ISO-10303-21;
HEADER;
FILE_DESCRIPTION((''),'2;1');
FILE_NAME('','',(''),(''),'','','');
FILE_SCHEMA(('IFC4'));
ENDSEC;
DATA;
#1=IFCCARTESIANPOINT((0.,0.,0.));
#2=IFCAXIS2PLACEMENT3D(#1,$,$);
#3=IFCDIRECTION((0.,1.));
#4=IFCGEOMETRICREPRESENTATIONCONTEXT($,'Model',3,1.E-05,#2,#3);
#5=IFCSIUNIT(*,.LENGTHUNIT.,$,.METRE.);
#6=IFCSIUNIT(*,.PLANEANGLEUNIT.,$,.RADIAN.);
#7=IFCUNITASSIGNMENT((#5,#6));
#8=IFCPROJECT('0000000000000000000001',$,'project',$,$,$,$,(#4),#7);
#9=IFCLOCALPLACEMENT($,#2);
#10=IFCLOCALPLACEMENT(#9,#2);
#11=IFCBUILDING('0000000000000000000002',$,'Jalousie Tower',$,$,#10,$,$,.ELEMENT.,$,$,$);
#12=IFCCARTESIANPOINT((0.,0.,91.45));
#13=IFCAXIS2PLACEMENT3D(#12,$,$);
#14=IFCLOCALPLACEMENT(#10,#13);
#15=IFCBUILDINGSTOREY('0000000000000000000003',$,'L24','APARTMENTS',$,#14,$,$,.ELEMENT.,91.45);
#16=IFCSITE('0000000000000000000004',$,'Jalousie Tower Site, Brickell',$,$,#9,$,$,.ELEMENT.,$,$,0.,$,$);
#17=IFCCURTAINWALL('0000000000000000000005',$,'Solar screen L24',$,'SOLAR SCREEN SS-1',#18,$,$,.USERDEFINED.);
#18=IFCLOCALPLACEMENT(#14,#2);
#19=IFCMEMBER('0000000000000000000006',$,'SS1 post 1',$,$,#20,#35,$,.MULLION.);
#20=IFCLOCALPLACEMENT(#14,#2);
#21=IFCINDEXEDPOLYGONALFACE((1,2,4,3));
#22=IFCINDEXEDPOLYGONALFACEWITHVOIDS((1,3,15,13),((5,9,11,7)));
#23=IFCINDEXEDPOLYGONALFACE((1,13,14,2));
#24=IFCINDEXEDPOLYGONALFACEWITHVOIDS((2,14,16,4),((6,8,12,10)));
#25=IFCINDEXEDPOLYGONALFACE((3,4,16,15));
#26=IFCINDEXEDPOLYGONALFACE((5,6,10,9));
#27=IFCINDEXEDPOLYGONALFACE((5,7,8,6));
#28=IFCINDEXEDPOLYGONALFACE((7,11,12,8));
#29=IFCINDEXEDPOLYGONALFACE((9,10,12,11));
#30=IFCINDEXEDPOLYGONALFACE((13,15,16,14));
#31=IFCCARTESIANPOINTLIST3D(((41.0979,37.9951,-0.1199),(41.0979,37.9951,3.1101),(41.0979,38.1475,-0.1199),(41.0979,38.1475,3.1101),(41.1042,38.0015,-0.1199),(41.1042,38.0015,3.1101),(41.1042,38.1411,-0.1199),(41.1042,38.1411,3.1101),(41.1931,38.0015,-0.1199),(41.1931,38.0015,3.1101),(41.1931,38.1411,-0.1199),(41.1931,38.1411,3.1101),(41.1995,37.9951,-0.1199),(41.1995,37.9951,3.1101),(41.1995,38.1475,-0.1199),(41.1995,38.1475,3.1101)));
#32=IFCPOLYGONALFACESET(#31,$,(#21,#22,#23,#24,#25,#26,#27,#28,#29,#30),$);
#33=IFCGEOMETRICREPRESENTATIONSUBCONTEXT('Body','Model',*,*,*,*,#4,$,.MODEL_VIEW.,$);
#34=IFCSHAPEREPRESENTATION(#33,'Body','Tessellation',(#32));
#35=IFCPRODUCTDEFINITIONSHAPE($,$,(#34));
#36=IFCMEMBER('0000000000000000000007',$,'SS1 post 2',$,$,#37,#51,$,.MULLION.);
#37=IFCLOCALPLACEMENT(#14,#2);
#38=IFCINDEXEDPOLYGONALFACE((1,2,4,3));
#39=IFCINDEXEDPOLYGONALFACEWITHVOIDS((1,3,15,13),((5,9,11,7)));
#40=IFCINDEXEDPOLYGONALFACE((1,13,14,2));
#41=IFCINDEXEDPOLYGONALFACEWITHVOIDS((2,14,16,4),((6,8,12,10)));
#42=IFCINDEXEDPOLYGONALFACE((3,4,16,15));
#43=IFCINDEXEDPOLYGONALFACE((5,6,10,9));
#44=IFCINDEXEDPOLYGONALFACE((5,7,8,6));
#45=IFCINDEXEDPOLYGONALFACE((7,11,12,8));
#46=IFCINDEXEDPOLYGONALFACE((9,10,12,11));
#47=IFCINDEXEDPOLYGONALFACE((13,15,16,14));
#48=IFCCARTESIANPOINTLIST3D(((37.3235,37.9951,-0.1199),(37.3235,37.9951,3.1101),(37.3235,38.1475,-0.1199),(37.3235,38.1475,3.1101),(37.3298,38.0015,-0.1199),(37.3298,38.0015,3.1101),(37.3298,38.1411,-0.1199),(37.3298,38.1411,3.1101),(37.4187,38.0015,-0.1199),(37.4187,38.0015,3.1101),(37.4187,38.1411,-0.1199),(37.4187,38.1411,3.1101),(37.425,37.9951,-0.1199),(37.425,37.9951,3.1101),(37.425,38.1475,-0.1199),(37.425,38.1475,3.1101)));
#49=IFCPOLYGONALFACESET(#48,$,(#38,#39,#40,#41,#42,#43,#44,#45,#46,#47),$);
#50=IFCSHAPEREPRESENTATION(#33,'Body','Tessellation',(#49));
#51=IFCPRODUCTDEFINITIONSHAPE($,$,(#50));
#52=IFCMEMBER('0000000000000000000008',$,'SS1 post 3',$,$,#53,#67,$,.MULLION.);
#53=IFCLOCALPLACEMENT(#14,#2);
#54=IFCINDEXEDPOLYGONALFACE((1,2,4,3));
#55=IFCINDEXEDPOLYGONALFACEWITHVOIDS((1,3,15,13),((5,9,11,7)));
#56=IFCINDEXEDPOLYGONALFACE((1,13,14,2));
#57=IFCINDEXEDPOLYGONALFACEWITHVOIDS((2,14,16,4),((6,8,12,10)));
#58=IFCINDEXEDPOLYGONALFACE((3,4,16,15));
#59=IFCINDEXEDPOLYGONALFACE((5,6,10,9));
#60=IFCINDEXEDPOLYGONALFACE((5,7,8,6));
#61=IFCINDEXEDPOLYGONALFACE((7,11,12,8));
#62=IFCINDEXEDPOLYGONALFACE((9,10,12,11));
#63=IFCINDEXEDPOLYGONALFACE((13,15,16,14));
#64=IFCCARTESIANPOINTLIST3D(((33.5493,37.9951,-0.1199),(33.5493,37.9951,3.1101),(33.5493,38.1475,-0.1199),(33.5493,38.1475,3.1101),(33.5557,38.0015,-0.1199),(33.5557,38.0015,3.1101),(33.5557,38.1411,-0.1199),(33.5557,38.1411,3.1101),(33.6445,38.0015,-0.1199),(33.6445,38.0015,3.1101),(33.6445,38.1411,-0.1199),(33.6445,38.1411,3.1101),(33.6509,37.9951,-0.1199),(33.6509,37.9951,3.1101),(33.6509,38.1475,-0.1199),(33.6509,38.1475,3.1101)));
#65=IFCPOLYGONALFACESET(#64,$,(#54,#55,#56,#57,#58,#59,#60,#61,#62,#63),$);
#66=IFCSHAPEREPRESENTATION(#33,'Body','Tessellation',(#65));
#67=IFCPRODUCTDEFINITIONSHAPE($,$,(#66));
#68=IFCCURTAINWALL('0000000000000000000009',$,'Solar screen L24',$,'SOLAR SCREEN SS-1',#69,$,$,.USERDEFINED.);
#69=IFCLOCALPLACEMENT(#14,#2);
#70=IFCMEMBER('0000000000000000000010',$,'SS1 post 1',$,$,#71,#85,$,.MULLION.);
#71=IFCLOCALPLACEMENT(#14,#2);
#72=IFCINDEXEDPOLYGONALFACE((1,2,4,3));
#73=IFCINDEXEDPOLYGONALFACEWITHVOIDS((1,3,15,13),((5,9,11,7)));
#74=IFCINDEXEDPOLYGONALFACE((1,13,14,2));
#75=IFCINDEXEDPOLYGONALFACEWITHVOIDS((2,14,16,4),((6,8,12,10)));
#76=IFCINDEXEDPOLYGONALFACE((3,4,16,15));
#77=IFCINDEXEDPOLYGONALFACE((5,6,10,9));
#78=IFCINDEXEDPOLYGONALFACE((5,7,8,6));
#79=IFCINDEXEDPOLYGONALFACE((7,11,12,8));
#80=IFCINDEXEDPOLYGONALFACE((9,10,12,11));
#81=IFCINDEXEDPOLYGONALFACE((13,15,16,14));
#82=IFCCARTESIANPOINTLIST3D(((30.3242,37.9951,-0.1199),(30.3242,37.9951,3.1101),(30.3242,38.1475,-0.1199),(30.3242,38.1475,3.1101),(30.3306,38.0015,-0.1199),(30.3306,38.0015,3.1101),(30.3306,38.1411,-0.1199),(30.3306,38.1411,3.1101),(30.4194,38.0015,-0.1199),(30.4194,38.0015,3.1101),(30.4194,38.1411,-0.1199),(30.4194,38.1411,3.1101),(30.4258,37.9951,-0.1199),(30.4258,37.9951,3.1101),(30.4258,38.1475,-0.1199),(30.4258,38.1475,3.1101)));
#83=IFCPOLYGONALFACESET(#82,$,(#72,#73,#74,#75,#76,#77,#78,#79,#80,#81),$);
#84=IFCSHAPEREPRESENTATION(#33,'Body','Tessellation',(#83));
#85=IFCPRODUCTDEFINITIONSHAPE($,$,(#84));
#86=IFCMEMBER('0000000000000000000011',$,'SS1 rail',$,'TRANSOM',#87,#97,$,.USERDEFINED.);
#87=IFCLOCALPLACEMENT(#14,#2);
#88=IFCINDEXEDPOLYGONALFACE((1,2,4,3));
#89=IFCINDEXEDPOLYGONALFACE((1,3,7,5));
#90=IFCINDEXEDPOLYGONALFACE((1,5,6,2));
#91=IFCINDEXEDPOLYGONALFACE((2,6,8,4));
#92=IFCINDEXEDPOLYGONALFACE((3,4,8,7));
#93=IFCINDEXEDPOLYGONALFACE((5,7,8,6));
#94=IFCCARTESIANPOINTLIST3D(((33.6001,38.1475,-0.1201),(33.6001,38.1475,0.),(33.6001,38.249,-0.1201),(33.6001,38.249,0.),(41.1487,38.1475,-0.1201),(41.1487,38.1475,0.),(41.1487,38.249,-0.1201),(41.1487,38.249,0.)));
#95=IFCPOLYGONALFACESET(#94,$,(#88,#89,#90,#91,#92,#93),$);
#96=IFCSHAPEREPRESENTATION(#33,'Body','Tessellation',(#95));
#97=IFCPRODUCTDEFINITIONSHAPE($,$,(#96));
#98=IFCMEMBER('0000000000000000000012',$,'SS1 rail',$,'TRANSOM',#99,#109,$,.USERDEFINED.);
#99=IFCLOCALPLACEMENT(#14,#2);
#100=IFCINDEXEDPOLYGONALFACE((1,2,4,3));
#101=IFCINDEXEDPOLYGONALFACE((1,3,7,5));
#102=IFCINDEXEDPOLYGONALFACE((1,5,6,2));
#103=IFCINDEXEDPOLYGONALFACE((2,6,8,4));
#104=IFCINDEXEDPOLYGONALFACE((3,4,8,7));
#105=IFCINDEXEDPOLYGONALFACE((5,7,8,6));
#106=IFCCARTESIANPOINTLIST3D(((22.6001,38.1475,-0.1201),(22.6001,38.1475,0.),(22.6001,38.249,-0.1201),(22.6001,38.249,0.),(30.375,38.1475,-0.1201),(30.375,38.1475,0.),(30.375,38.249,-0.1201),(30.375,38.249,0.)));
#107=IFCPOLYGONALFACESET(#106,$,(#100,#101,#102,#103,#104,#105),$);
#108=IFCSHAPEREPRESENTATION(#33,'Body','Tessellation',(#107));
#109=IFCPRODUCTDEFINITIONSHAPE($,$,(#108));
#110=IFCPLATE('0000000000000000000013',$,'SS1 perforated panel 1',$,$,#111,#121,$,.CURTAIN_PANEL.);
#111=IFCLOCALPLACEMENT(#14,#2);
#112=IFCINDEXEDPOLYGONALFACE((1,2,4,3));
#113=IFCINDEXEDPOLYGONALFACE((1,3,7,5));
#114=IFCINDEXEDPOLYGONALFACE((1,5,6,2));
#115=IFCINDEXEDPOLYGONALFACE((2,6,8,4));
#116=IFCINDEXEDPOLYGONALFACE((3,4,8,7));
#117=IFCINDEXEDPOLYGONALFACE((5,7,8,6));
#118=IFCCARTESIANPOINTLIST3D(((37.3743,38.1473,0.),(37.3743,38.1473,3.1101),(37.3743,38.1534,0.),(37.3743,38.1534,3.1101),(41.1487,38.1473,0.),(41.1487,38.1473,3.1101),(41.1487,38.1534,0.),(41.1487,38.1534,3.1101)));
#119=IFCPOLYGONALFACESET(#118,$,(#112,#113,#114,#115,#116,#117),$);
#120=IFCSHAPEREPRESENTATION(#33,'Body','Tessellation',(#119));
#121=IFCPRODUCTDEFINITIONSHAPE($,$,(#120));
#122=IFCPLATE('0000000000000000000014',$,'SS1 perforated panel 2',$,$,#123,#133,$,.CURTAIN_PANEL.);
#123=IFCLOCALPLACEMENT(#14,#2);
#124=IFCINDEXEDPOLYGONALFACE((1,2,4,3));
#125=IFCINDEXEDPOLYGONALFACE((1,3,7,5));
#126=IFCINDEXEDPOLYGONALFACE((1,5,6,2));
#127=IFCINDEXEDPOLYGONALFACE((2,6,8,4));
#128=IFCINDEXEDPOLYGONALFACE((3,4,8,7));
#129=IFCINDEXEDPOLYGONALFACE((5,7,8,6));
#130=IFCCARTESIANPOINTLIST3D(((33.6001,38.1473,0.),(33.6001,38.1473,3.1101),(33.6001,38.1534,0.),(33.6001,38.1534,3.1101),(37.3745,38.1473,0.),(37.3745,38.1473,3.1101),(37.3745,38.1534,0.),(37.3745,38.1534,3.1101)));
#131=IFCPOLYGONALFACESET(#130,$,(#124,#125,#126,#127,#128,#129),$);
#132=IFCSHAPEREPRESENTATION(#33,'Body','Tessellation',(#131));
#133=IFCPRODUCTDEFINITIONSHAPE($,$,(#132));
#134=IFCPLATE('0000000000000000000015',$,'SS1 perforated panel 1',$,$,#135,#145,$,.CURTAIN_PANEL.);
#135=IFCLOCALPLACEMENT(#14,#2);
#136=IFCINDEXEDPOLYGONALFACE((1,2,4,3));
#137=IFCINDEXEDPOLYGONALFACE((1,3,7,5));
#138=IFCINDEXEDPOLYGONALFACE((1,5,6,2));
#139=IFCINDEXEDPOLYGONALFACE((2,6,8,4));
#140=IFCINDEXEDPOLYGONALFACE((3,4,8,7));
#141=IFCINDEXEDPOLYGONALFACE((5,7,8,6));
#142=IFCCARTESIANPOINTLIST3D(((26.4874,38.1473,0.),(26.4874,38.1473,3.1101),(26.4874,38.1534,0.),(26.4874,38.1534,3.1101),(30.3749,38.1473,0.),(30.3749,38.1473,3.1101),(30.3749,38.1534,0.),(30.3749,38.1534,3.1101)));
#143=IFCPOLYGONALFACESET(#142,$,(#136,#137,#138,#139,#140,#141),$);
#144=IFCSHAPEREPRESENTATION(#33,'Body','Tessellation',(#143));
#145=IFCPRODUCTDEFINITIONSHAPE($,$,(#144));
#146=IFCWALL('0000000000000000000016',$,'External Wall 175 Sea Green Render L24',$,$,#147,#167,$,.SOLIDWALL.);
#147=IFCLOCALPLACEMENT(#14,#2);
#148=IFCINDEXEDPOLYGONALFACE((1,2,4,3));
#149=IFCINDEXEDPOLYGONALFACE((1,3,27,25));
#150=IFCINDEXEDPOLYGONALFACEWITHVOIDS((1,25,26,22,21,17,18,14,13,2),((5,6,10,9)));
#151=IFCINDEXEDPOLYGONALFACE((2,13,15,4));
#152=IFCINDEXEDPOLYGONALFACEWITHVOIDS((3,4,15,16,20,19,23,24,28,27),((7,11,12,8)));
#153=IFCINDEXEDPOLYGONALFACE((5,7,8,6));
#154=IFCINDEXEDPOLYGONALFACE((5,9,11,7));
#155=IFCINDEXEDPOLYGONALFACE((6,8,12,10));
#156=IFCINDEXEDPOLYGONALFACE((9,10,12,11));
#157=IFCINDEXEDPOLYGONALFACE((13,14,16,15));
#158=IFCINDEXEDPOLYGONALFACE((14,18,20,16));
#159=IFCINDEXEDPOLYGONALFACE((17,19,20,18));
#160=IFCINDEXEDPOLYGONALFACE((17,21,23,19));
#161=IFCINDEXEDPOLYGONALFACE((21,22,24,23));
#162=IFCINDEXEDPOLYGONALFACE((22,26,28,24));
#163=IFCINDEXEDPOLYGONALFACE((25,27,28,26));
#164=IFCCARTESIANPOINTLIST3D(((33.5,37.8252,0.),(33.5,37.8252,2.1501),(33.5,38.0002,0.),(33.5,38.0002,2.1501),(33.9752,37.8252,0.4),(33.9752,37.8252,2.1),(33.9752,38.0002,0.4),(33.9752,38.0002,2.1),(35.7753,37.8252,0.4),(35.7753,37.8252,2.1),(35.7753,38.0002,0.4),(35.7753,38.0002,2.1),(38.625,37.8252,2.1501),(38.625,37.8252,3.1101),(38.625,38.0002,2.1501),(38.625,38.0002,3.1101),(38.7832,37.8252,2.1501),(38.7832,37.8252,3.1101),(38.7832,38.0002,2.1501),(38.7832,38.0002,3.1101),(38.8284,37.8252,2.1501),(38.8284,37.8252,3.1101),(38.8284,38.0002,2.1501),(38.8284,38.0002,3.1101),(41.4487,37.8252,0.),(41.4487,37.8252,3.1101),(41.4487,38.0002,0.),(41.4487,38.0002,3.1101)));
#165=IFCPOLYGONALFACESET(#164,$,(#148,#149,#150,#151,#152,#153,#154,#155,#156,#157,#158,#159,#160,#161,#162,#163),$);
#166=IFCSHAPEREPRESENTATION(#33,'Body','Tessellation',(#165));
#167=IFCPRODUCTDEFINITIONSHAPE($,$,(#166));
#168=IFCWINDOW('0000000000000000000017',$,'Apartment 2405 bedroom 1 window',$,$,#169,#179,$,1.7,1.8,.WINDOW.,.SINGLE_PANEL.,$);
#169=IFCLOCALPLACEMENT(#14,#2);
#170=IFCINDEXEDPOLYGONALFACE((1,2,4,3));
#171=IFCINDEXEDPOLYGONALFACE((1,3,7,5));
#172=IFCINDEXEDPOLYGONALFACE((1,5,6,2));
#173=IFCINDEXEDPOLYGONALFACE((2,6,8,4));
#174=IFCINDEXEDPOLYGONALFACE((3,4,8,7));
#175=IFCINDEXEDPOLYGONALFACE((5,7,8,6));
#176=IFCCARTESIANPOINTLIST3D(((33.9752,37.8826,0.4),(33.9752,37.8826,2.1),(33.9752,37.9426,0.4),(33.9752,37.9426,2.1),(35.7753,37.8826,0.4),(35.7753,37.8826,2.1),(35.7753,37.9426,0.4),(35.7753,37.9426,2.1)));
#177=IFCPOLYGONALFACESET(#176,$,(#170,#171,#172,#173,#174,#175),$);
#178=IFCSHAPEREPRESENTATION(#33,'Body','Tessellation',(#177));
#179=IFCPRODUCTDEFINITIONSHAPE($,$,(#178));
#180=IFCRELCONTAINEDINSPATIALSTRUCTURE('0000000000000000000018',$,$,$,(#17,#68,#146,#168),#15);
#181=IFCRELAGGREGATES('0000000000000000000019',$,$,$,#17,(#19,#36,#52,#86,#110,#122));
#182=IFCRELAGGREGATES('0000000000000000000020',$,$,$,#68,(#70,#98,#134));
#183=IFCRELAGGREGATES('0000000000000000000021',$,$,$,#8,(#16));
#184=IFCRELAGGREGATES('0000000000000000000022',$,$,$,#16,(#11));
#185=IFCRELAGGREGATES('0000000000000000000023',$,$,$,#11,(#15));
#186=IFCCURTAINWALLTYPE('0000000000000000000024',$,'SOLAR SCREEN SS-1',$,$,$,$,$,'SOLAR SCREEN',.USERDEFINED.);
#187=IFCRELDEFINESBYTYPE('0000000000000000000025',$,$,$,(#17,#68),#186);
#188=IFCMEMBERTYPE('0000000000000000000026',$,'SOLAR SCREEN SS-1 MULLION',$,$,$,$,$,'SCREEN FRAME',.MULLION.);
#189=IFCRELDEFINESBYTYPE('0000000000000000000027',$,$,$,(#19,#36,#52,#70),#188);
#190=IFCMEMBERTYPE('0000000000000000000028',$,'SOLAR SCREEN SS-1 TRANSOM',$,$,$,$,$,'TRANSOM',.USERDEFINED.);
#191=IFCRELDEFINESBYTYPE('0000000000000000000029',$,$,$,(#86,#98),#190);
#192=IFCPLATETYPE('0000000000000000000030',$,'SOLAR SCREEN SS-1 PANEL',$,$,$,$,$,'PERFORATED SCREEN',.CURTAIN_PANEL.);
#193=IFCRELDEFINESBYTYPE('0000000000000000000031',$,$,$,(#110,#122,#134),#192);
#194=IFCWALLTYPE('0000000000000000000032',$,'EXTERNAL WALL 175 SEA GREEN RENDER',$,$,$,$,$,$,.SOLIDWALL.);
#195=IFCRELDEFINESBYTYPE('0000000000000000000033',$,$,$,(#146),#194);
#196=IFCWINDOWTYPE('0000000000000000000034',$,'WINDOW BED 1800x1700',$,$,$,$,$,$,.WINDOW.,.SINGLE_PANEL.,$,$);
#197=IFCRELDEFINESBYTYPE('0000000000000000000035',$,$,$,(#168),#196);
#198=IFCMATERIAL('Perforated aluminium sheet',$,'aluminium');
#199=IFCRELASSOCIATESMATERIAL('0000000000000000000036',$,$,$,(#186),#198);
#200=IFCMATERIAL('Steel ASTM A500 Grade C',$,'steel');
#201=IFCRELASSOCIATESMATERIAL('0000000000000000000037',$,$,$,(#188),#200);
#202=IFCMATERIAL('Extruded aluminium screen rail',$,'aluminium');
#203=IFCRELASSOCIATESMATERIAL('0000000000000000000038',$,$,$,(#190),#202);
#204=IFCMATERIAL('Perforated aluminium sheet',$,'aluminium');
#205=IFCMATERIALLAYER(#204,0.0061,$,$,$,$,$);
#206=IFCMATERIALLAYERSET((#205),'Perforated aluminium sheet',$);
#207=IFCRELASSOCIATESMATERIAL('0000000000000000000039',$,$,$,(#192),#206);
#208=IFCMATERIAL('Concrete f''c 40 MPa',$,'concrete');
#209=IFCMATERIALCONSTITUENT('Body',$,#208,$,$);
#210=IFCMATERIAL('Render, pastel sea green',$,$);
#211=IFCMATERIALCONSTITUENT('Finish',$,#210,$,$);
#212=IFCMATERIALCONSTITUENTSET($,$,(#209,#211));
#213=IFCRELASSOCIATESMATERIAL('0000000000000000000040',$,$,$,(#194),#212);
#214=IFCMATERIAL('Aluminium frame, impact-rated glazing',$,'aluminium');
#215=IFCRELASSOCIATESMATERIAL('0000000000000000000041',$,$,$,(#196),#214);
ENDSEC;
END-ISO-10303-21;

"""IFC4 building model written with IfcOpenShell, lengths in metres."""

from ifc_helpers import new_model, si_unit, direction, frame, frame_2d, origin, origin_2d, place, context, subcontext, project, spatial, polyline, rectangle, hollow_rectangle, outline, extrude, material, layer, layer_set, constituent, constituent_set, material_profile, profile_set, type_object, element, fill, aggregate, save


model = new_model("IFC4")

# Units and contexts
model_context = context("Model", 3, precision=1e-05, world=origin(), true_north=direction((0.0, 1.0)))
body_context = subcontext(model_context, "Body", "Model", "MODEL_VIEW")
ifc_project = project(units=[si_unit("LENGTHUNIT", "METRE"), si_unit("PLANEANGLEUNIT", "RADIAN")], contexts=[model_context])

# Site, building, storey
site_placement = place(None, origin())
site = spatial("IfcSite", under=ifc_project, at=site_placement, Name="Jalousie Tower Site, Brickell", CompositionType="ELEMENT", RefElevation=0.0)
building_placement = place(site_placement, origin())
building = spatial("IfcBuilding", under=site, at=building_placement, Name="Jalousie Tower", CompositionType="ELEMENT")
storey_placement = place(building_placement, frame((0.0, 0.0, 91.45)))
storey = spatial("IfcBuildingStorey", under=building, at=storey_placement, Name="L24", Description="APARTMENTS", CompositionType="ELEMENT", Elevation=91.45)

# Curtain wall, members
ifc_material_1 = material(Name="Perforated aluminium sheet", Category="aluminium")
curtain_wall_type = type_object("IfcCurtainWallType", Name="SOLAR SCREEN SS-1", ElementType="SOLAR SCREEN", PredefinedType="USERDEFINED", material=ifc_material_1)
curtain_wall_1_placement = place(storey_placement, origin())
curtain_wall_1 = element("IfcCurtainWall", 1, at=curtain_wall_1_placement, inside=storey, type_object=curtain_wall_type, Name="Solar screen L24", ObjectType="SOLAR SCREEN SS-1", PredefinedType="USERDEFINED")
ifc_material_2 = material(Name="Steel ASTM A500 Grade C", Category="steel")
ifc_material_profile_1 = material_profile(ifc_material_2, hollow_rectangle(XDim=0.1016, YDim=0.1523, WallThickness=0.0063, at=origin_2d()), Name="HSS6X4X1/4")
ifc_profile_set_1 = profile_set([ifc_material_profile_1], Name="Steel ASTM A500 Grade C")
member_type_1 = type_object("IfcMemberType", Name="SOLAR SCREEN SS-1 MULLION", ElementType="SCREEN FRAME", PredefinedType="MULLION", material=ifc_profile_set_1)
member_1_placement = place(storey_placement, frame((41.1487, 38.0713, -0.1199), z_axis=(0.0, 0.0, 1.0), x_axis=(-1.0, 0.0, 0.0)))
member_1 = element("IfcMember", 2, at=member_1_placement, type_object=member_type_1, Name="SS1 post 1", PredefinedType="MULLION", context=body_context, shape_type="SweptSolid", body=[
    extrude(hollow_rectangle(XDim=0.1016, YDim=0.1523, WallThickness=0.0063, at=origin_2d()), origin(), (0.0, 0.0, 1.0), 3.23),
])
member_2_placement = place(storey_placement, frame((37.3743, 38.0713, -0.1199), z_axis=(0.0, 0.0, 1.0), x_axis=(-1.0, 0.0, 0.0)))
member_2 = element("IfcMember", 3, at=member_2_placement, type_object=member_type_1, Name="SS1 post 2", PredefinedType="MULLION", context=body_context, shape_type="SweptSolid", body=[
    extrude(hollow_rectangle(XDim=0.1016, YDim=0.1523, WallThickness=0.0063, at=origin_2d()), origin(), (0.0, 0.0, 1.0), 3.23),
])
member_3_placement = place(storey_placement, frame((33.6001, 38.0713, -0.1199), z_axis=(0.0, 0.0, 1.0), x_axis=(-1.0, 0.0, 0.0)))
member_3 = element("IfcMember", 4, at=member_3_placement, type_object=member_type_1, Name="SS1 post 3", PredefinedType="MULLION", context=body_context, shape_type="SweptSolid", body=[
    extrude(hollow_rectangle(XDim=0.1016, YDim=0.1523, WallThickness=0.0063, at=origin_2d()), origin(), (0.0, 0.0, 1.0), 3.23),
])

# Curtain wall, member
curtain_wall_2_placement = place(storey_placement, origin())
curtain_wall_2 = element("IfcCurtainWall", 5, at=curtain_wall_2_placement, inside=storey, type_object=curtain_wall_type, Name="Solar screen L24", ObjectType="SOLAR SCREEN SS-1", PredefinedType="USERDEFINED")
member_4_placement = place(storey_placement, frame((30.375, 38.0713, -0.1199), z_axis=(0.0, 0.0, 1.0), x_axis=(-1.0, 0.0, 0.0)))
member_4 = element("IfcMember", 6, at=member_4_placement, type_object=member_type_1, Name="SS1 post 1", PredefinedType="MULLION", context=body_context, shape_type="SweptSolid", body=[
    extrude(hollow_rectangle(XDim=0.1016, YDim=0.1523, WallThickness=0.0063, at=origin_2d()), origin(), (0.0, 0.0, 1.0), 3.23),
])

# Members
ifc_material_3 = material(Name="Extruded aluminium screen rail", Category="aluminium")
ifc_material_profile_2 = material_profile(ifc_material_3, rectangle(XDim=0.1016, YDim=0.1201, at=origin_2d()), Name="RAIL 102x120")
ifc_profile_set_2 = profile_set([ifc_material_profile_2], Name="Extruded aluminium screen rail")
member_type_2 = type_object("IfcMemberType", Name="SOLAR SCREEN SS-1 TRANSOM", ElementType="TRANSOM", PredefinedType="USERDEFINED", material=ifc_profile_set_2)
member_5_placement = place(storey_placement, frame((41.1487, 38.1982, -0.0601), z_axis=(-1.0, 0.0, 0.0), x_axis=(0.0, -1.0, 0.0)))
member_5 = element("IfcMember", 7, at=member_5_placement, type_object=member_type_2, Name="SS1 rail", ObjectType="TRANSOM", PredefinedType="USERDEFINED", context=body_context, shape_type="SweptSolid", body=[
    extrude(rectangle(XDim=0.1016, YDim=0.1201, at=origin_2d()), origin(), (0.0, 0.0, 1.0), 7.5486),
])
member_6_placement = place(storey_placement, frame((30.375, 38.1982, -0.0601), z_axis=(-1.0, 0.0, 0.0), x_axis=(0.0, -1.0, 0.0)))
member_6 = element("IfcMember", 8, at=member_6_placement, type_object=member_type_2, Name="SS1 rail", ObjectType="TRANSOM", PredefinedType="USERDEFINED", context=body_context, shape_type="SweptSolid", body=[
    extrude(rectangle(XDim=0.1016, YDim=0.1201, at=origin_2d()), origin(), (0.0, 0.0, 1.0), 7.7749),
])

# Plates
ifc_material_4 = material(Name="Perforated aluminium sheet", Category="aluminium")
ifc_layer_1 = layer(ifc_material_4, 0.0061)
ifc_layer_set_1 = layer_set([ifc_layer_1], Name="Perforated aluminium sheet")
plate_type = type_object("IfcPlateType", Name="SOLAR SCREEN SS-1 PANEL", ElementType="PERFORATED SCREEN", PredefinedType="CURTAIN_PANEL", material=ifc_layer_set_1)
plate_1_placement = place(storey_placement, frame((39.2615, 38.1504, 0.0), z_axis=(0.0, 0.0, 1.0), x_axis=(-1.0, 0.0, 0.0)))
plate_1 = element("IfcPlate", 9, at=plate_1_placement, type_object=plate_type, Name="SS1 perforated panel 1", PredefinedType="CURTAIN_PANEL", context=body_context, shape_type="SweptSolid", body=[
    extrude(rectangle(XDim=3.7744, YDim=0.0061, at=origin_2d()), origin(), (0.0, 0.0, 1.0), 3.1101),
])
plate_2_placement = place(storey_placement, frame((35.4873, 38.1504, 0.0), z_axis=(0.0, 0.0, 1.0), x_axis=(-1.0, 0.0, 0.0)))
plate_2 = element("IfcPlate", 10, at=plate_2_placement, type_object=plate_type, Name="SS1 perforated panel 2", PredefinedType="CURTAIN_PANEL", context=body_context, shape_type="SweptSolid", body=[
    extrude(rectangle(XDim=3.7744, YDim=0.0061, at=origin_2d()), origin(), (0.0, 0.0, 1.0), 3.1101),
])
aggregate(curtain_wall_1, [member_1, member_2, member_3, member_5, plate_1, plate_2])
plate_3_placement = place(storey_placement, frame((28.4312, 38.1504, 0.0), z_axis=(0.0, 0.0, 1.0), x_axis=(-1.0, 0.0, 0.0)))
plate_3 = element("IfcPlate", 11, at=plate_3_placement, type_object=plate_type, Name="SS1 perforated panel 1", PredefinedType="CURTAIN_PANEL", context=body_context, shape_type="SweptSolid", body=[
    extrude(rectangle(XDim=3.8875, YDim=0.0061, at=origin_2d()), origin(), (0.0, 0.0, 1.0), 3.1101),
])
aggregate(curtain_wall_2, [member_4, member_6, plate_3])

# Wall, opening, window
ifc_material_5 = material(Name="Concrete f'c 40 MPa", Category="concrete")
ifc_constituent_1 = constituent(ifc_material_5, Name="Body")
ifc_material_6 = material(Name="Render, pastel sea green")
ifc_constituent_2 = constituent(ifc_material_6, Name="Finish")
ifc_constituent_set_1 = constituent_set(constituents=[ifc_constituent_1, ifc_constituent_2])
wall_type_1 = type_object("IfcWallType", Name="EXTERNAL WALL 175 SEA GREEN RENDER", PredefinedType="SOLIDWALL", material=ifc_constituent_set_1)
wall_1_placement = place(storey_placement, frame((41.4487, 37.9126, 0.0), z_axis=(0.0, 0.0, 1.0), x_axis=(-1.0, 0.0, 0.0)))
wall_1 = element("IfcWall", 12, at=wall_1_placement, inside=storey, type_object=wall_type_1, Name="External Wall 175 Sea Green Render L24", PredefinedType="SOLIDWALL", context=body_context, shape_type="SweptSolid", body=[
    extrude(outline(polyline([(0.0, 0.0), (7.9487, 0.0), (7.9487, 2.1501), (2.8237, 2.1501), (2.8237, 3.1101), (2.6655, 3.1101), (2.6655, 2.1501), (2.6204, 2.1501), (2.6204, 3.1101), (0.0, 3.1101), (0.0, 0.0)])), frame((0.0, 0.0874, 0.0), z_axis=(0.0, -1.0, 0.0), x_axis=(1.0, 0.0, 0.0)), (0.0, 0.0, 1.0), 0.175),
])
opening_1_placement = place(wall_1_placement, frame((5.6736, 0.0, 0.3999)))
opening_1 = element("IfcOpeningElement", 13, at=opening_1_placement, cuts=wall_1, PredefinedType="OPENING", context=body_context, shape_type="SweptSolid", body=[
    extrude(rectangle(XDim=1.8, YDim=1.7, at=frame_2d((0.8999, 0.8501))), frame((0.0, 0.0974, 0.0), z_axis=(0.0, -1.0, 0.0), x_axis=(1.0, 0.0, 0.0)), (0.0, 0.0, 1.0), 0.1951),
])
ifc_material_7 = material(Name="Aluminium frame, impact-rated glazing", Category="aluminium")
window_type = type_object("IfcWindowType", Name="WINDOW BED 1800x1700", PartitioningType="SINGLE_PANEL", PredefinedType="WINDOW", material=ifc_material_7)
window_1_placement = place(opening_1_placement, origin())
window_1 = element("IfcWindow", 14, at=window_1_placement, inside=storey, type_object=window_type, Name="Apartment 2405 bedroom 1 window", OverallHeight=1.7, OverallWidth=1.8, PartitioningType="SINGLE_PANEL", PredefinedType="WINDOW", context=body_context, shape_type="SweptSolid", body=[
    extrude(rectangle(XDim=1.8, YDim=1.7, at=frame_2d((0.8999, 0.8501))), frame((0.0, 0.03, 0.0), z_axis=(0.0, -1.0, 0.0), x_axis=(1.0, 0.0, 0.0)), (0.0, 0.0, 1.0), 0.0601),
])
fill(opening_1, window_1)

save(model, "model.ifc")
